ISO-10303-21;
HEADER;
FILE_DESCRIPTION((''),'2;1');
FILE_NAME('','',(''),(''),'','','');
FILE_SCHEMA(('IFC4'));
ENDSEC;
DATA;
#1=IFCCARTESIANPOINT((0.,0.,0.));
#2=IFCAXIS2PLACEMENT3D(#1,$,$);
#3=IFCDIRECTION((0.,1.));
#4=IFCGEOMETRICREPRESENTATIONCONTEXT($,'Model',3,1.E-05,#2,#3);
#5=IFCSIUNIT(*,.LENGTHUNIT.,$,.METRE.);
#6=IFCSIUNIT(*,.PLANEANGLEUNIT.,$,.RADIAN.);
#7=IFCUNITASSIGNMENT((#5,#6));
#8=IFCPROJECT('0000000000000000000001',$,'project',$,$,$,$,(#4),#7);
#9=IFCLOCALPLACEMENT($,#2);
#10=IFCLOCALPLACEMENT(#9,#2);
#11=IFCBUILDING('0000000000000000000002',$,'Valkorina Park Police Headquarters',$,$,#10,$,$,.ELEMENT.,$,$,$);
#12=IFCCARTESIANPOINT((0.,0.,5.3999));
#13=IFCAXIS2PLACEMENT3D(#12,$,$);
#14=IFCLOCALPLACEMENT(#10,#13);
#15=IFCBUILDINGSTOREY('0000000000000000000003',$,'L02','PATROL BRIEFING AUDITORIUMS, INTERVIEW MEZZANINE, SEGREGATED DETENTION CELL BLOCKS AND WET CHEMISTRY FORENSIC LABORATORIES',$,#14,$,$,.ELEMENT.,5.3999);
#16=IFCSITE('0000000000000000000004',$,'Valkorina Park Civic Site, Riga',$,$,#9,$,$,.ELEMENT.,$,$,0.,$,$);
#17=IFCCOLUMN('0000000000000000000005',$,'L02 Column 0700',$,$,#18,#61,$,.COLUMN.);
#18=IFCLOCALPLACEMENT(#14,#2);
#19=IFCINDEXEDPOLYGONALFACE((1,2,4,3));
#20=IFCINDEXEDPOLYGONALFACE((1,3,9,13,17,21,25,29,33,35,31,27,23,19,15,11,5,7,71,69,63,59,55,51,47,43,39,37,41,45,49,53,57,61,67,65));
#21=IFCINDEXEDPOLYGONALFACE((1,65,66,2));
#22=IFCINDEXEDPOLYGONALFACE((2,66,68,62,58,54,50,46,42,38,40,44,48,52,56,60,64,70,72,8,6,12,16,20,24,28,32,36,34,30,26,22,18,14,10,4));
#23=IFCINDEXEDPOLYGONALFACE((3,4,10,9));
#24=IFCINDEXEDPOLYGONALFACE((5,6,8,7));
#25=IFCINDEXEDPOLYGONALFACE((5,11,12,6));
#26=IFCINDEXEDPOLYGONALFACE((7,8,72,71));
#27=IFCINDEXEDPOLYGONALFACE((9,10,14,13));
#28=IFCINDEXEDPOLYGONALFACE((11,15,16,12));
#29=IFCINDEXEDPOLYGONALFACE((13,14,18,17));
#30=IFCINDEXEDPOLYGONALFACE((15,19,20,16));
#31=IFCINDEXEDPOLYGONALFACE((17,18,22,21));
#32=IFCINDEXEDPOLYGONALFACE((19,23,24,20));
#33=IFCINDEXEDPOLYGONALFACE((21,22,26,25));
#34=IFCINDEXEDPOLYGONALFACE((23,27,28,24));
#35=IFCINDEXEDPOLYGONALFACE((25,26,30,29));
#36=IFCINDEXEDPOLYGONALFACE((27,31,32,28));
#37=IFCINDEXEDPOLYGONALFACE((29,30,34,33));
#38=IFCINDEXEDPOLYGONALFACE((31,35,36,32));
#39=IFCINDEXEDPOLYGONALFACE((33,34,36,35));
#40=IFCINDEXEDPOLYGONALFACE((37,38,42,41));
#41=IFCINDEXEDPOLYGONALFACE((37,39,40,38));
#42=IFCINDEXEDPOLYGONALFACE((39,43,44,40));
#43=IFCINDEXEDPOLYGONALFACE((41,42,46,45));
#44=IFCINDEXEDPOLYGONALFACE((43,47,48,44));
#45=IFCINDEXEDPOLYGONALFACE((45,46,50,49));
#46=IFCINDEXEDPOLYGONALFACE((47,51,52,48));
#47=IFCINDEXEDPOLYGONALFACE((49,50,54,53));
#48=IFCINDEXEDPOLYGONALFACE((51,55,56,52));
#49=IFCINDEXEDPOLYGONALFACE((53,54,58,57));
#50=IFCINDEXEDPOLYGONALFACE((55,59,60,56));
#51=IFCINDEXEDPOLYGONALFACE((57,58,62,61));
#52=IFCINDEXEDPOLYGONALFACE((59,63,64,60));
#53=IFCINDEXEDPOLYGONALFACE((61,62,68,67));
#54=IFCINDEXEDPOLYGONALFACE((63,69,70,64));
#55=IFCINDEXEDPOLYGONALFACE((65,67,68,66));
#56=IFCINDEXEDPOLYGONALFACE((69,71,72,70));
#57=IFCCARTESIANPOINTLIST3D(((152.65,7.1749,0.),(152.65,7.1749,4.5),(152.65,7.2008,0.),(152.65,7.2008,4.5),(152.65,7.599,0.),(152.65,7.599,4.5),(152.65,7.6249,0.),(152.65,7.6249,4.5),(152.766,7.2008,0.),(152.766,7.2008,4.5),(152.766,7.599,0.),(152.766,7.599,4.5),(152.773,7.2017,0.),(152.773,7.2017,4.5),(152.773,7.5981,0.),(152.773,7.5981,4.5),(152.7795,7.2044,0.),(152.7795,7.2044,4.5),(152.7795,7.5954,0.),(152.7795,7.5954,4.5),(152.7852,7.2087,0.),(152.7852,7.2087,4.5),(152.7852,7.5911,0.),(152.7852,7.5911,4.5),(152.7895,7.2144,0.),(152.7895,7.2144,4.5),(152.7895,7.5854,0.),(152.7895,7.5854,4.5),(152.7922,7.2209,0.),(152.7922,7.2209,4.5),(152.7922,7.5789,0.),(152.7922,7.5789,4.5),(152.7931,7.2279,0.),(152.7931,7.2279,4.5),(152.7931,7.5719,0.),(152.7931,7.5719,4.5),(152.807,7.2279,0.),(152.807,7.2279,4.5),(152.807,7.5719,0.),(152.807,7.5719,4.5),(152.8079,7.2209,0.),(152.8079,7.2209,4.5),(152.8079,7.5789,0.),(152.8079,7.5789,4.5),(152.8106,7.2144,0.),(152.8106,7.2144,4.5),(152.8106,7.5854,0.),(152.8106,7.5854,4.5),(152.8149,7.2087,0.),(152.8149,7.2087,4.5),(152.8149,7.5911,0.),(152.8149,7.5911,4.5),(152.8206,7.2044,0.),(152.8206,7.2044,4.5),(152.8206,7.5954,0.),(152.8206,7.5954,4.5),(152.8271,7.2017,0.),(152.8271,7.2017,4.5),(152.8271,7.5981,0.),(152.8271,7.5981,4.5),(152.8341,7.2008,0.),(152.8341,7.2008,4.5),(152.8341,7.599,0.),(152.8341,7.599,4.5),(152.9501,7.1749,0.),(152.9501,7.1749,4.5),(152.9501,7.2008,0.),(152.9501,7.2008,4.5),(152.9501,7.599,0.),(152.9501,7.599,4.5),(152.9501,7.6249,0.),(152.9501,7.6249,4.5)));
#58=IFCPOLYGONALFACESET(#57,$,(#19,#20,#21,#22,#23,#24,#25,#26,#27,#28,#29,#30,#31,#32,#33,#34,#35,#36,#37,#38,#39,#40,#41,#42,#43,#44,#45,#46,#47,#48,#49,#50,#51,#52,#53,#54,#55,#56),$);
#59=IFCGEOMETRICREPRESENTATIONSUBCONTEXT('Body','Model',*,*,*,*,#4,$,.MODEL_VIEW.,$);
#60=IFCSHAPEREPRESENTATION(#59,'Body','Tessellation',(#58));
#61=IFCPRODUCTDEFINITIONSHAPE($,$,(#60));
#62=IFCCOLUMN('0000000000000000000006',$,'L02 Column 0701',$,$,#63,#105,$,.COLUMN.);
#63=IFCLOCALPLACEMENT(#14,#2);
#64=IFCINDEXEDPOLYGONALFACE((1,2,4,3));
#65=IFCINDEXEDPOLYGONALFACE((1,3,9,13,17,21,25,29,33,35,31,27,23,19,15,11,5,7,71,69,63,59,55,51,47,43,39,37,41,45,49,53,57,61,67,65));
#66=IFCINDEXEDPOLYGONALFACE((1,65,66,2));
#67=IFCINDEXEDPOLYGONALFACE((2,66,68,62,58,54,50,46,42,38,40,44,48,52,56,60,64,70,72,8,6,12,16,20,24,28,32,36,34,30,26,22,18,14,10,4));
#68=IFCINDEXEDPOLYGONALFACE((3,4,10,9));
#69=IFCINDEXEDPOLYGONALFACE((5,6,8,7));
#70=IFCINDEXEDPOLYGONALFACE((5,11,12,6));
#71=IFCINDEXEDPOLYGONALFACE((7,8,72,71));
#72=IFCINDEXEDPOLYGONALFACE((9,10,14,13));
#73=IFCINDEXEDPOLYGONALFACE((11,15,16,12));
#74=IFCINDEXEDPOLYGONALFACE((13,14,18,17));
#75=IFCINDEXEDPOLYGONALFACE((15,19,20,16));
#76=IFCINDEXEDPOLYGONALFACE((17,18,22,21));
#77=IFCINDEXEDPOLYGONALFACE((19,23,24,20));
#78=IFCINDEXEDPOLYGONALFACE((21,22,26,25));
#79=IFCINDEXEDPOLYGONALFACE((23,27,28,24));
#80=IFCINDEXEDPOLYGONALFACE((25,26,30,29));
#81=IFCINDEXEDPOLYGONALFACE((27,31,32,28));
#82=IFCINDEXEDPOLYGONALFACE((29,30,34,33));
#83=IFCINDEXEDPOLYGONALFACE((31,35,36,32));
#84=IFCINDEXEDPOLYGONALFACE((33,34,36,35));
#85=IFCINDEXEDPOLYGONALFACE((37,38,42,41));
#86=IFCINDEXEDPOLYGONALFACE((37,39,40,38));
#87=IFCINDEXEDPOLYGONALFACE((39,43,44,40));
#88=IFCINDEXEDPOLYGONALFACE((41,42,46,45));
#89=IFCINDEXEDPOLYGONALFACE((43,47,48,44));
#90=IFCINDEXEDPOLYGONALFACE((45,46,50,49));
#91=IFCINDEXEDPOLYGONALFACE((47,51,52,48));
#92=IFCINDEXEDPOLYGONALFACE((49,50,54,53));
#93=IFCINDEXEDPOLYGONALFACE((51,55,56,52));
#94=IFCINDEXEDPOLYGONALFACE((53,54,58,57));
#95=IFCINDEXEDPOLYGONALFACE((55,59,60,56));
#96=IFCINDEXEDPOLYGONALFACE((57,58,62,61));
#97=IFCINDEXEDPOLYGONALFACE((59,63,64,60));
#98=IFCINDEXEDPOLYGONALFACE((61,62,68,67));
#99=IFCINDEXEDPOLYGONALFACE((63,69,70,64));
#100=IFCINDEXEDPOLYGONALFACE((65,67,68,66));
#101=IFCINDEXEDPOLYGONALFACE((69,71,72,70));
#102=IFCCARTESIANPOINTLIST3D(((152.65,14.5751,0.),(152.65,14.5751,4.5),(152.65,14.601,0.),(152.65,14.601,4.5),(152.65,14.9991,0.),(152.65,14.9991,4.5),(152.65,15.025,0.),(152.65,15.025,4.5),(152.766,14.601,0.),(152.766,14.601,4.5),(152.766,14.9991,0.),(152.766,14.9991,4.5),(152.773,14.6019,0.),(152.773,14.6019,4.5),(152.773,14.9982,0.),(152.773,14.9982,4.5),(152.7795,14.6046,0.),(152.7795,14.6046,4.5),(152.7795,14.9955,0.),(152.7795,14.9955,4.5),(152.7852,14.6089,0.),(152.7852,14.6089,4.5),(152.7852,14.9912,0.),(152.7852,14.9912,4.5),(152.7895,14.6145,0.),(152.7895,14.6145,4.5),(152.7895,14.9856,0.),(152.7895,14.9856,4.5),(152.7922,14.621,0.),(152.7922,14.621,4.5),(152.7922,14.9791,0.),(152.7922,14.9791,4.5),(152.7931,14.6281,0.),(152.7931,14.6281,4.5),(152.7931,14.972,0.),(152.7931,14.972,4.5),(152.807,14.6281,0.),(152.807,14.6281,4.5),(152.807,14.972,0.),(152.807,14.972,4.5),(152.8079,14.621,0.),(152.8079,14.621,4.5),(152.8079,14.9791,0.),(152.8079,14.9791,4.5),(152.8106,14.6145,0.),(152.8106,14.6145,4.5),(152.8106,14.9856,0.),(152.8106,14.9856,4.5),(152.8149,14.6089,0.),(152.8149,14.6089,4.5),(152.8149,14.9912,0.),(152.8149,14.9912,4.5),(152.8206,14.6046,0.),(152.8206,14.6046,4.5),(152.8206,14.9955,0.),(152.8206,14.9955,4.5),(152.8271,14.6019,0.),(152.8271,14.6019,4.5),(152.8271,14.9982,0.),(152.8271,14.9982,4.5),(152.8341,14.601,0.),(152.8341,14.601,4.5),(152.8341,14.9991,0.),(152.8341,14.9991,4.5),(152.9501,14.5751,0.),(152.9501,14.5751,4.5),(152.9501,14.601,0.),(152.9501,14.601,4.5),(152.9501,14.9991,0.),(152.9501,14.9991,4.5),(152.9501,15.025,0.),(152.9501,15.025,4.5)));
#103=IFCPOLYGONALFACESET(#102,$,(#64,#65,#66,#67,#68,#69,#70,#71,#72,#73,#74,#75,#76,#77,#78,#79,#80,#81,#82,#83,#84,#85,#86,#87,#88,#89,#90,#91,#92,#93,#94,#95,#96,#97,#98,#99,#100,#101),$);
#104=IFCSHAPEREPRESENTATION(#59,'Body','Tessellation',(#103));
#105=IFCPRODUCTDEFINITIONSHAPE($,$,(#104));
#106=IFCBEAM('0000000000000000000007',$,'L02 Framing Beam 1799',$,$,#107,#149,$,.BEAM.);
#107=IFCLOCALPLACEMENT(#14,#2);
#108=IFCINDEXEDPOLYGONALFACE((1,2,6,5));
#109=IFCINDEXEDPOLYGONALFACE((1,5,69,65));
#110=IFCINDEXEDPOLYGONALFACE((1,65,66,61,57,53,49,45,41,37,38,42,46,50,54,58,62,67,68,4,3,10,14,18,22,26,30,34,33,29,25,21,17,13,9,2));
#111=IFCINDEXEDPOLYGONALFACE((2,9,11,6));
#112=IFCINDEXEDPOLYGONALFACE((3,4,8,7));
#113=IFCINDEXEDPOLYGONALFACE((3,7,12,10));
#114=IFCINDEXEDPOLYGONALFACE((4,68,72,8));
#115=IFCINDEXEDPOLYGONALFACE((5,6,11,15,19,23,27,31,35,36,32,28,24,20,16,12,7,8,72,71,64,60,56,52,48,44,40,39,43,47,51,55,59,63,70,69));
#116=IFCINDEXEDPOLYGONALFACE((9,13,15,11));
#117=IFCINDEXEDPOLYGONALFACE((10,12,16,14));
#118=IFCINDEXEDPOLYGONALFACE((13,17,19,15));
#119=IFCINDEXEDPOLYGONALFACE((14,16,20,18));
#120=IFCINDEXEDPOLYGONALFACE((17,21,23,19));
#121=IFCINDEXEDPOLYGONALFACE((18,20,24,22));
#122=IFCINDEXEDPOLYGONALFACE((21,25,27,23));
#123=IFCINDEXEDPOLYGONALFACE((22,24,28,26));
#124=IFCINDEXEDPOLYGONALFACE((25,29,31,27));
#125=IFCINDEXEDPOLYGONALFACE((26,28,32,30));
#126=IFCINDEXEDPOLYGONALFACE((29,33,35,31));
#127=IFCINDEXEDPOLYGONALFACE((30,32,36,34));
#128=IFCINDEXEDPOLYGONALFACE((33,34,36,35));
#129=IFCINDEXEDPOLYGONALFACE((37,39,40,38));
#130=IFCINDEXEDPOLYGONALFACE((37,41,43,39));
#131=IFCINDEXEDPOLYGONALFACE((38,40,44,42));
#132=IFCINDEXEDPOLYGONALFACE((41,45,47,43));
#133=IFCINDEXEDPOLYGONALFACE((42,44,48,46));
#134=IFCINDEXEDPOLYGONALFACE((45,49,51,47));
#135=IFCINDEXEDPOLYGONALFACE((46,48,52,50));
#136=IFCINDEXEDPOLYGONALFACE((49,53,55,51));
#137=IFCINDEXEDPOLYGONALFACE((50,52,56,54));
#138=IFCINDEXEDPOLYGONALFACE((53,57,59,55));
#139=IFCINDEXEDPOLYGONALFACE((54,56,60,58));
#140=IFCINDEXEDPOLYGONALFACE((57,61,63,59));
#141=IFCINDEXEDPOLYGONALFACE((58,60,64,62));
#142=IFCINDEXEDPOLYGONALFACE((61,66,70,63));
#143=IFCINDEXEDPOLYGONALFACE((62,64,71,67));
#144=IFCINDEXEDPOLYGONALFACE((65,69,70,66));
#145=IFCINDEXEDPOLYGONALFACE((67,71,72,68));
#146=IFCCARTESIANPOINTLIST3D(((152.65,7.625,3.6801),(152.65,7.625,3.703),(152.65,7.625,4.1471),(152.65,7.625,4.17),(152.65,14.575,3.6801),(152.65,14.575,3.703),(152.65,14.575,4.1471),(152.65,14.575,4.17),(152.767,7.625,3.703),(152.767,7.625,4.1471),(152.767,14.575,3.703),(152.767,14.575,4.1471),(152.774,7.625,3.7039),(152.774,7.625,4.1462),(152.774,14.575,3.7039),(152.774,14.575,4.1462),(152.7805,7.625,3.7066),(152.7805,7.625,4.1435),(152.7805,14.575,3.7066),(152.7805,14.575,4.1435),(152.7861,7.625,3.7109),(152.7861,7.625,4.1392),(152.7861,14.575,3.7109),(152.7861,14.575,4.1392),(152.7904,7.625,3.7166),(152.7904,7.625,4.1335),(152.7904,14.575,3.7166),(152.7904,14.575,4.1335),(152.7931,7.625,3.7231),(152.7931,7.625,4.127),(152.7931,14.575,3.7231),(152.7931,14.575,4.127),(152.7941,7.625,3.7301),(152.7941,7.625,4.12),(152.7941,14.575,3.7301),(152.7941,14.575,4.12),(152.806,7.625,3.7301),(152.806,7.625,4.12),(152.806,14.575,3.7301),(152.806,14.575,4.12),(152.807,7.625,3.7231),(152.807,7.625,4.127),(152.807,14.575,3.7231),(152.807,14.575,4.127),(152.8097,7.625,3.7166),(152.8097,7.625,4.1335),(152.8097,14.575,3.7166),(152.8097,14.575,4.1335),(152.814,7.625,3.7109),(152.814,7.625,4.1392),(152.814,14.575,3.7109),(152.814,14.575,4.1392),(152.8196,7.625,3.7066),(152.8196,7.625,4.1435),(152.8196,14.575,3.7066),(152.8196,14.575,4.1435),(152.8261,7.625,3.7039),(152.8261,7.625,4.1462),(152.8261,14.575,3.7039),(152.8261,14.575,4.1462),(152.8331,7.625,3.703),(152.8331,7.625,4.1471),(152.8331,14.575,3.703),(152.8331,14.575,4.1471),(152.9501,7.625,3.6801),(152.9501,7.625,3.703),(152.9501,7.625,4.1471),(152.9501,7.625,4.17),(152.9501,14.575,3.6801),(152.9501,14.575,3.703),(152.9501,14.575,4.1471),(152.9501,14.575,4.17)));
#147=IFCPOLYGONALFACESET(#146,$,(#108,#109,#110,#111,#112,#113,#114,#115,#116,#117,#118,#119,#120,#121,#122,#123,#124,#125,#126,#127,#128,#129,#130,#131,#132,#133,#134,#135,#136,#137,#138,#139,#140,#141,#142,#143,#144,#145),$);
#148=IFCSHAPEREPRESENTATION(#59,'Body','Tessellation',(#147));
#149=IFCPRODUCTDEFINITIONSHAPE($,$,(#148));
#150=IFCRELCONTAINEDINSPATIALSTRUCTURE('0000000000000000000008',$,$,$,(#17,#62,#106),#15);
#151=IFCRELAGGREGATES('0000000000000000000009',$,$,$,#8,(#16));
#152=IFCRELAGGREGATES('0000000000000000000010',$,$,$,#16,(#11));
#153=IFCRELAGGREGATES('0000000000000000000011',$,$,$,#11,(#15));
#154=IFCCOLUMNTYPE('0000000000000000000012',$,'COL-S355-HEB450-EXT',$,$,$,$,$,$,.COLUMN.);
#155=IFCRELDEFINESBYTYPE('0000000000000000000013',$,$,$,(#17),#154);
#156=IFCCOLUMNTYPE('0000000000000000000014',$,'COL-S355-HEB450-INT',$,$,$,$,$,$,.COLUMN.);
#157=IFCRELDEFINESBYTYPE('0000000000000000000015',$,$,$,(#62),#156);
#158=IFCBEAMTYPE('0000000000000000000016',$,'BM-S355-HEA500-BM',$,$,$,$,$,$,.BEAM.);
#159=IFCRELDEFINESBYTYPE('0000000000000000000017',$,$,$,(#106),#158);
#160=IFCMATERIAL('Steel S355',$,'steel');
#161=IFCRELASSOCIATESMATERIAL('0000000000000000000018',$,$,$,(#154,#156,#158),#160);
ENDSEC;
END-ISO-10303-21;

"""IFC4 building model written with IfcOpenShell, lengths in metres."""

from ifc_helpers import new_model, si_unit, direction, frame, origin, origin_2d, place, context, subcontext, project, spatial, i_section, extrude, material, material_profile, profile_set, type_object, element, save


model = new_model("IFC4")

# Units and contexts
model_context = context("Model", 3, precision=1e-05, world=origin(), true_north=direction((0.0, 1.0)))
body_context = subcontext(model_context, "Body", "Model", "MODEL_VIEW")
ifc_project = project(units=[si_unit("LENGTHUNIT", "METRE"), si_unit("PLANEANGLEUNIT", "RADIAN")], contexts=[model_context])

# Site, building, storey
site_placement = place(None, origin())
site = spatial("IfcSite", under=ifc_project, at=site_placement, Name="Valkorina Park Civic Site, Riga", CompositionType="ELEMENT", RefElevation=0.0)
building_placement = place(site_placement, origin())
building = spatial("IfcBuilding", under=site, at=building_placement, Name="Valkorina Park Police Headquarters", CompositionType="ELEMENT")
storey_placement = place(building_placement, frame((0.0, 0.0, 5.3999)))
storey = spatial("IfcBuildingStorey", under=building, at=storey_placement, Name="L02", Description="PATROL BRIEFING AUDITORIUMS, INTERVIEW MEZZANINE, SEGREGATED DETENTION CELL BLOCKS AND WET CHEMISTRY FORENSIC LABORATORIES", CompositionType="ELEMENT", Elevation=5.3999)

# Columns
ifc_material_1 = material(Name="Steel S355", Category="steel")
ifc_material_profile_1 = material_profile(ifc_material_1, i_section(OverallWidth=0.3, OverallDepth=0.45, WebThickness=0.0139, FlangeThickness=0.0259, FilletRadius=0.0271, at=origin_2d()), Name="HEB 450")
ifc_profile_set_1 = profile_set([ifc_material_profile_1], Name="Steel S355")
column_type_1 = type_object("IfcColumnType", Name="COL-S355-HEB450-EXT", PredefinedType="COLUMN", material=ifc_profile_set_1)
column_1_placement = place(storey_placement, frame((152.8, 7.3999, 0.0), z_axis=(0.0, 0.0, 1.0), x_axis=(1.0, 0.0, 0.0)))
element("IfcColumn", 1, at=column_1_placement, inside=storey, type_object=column_type_1, Name="L02 Column 0700", PredefinedType="COLUMN", context=body_context, shape_type="SweptSolid", body=[
    extrude(i_section(OverallWidth=0.3, OverallDepth=0.45, WebThickness=0.0139, FlangeThickness=0.0259, FilletRadius=0.0271, at=origin_2d()), origin(), (0.0, 0.0, 1.0), 4.5),
])
ifc_material_profile_2 = material_profile(ifc_material_1, i_section(OverallWidth=0.3, OverallDepth=0.45, WebThickness=0.0139, FlangeThickness=0.0259, FilletRadius=0.0271, at=origin_2d()), Name="HEB 450")
ifc_profile_set_2 = profile_set([ifc_material_profile_2], Name="Steel S355")
column_type_2 = type_object("IfcColumnType", Name="COL-S355-HEB450-INT", PredefinedType="COLUMN", material=ifc_profile_set_2)
column_2_placement = place(storey_placement, frame((152.8, 14.8, 0.0), z_axis=(0.0, 0.0, 1.0), x_axis=(1.0, 0.0, 0.0)))
element("IfcColumn", 2, at=column_2_placement, inside=storey, type_object=column_type_2, Name="L02 Column 0701", PredefinedType="COLUMN", context=body_context, shape_type="SweptSolid", body=[
    extrude(i_section(OverallWidth=0.3, OverallDepth=0.45, WebThickness=0.0139, FlangeThickness=0.0259, FilletRadius=0.0271, at=origin_2d()), origin(), (0.0, 0.0, 1.0), 4.5),
])

# Beam
ifc_material_profile_3 = material_profile(ifc_material_1, i_section(OverallWidth=0.3, OverallDepth=0.49, WebThickness=0.012, FlangeThickness=0.0229, FilletRadius=0.0271, at=origin_2d()), Name="HEA 500")
ifc_profile_set_3 = profile_set([ifc_material_profile_3], Name="Steel S355")
beam_type_1 = type_object("IfcBeamType", Name="BM-S355-HEA500-BM", PredefinedType="BEAM", material=ifc_profile_set_3)
beam_1_placement = place(storey_placement, frame((152.8, 7.625, 3.925), z_axis=(0.0, 1.0, 0.0), x_axis=(-1.0, 0.0, 0.0)))
element("IfcBeam", 3, at=beam_1_placement, inside=storey, type_object=beam_type_1, Name="L02 Framing Beam 1799", PredefinedType="BEAM", context=body_context, shape_type="SweptSolid", body=[
    extrude(i_section(OverallWidth=0.3, OverallDepth=0.49, WebThickness=0.012, FlangeThickness=0.0229, FilletRadius=0.0271, at=origin_2d()), origin(), (0.0, 0.0, 1.0), 6.95),
])

save(model, "model.ifc")
